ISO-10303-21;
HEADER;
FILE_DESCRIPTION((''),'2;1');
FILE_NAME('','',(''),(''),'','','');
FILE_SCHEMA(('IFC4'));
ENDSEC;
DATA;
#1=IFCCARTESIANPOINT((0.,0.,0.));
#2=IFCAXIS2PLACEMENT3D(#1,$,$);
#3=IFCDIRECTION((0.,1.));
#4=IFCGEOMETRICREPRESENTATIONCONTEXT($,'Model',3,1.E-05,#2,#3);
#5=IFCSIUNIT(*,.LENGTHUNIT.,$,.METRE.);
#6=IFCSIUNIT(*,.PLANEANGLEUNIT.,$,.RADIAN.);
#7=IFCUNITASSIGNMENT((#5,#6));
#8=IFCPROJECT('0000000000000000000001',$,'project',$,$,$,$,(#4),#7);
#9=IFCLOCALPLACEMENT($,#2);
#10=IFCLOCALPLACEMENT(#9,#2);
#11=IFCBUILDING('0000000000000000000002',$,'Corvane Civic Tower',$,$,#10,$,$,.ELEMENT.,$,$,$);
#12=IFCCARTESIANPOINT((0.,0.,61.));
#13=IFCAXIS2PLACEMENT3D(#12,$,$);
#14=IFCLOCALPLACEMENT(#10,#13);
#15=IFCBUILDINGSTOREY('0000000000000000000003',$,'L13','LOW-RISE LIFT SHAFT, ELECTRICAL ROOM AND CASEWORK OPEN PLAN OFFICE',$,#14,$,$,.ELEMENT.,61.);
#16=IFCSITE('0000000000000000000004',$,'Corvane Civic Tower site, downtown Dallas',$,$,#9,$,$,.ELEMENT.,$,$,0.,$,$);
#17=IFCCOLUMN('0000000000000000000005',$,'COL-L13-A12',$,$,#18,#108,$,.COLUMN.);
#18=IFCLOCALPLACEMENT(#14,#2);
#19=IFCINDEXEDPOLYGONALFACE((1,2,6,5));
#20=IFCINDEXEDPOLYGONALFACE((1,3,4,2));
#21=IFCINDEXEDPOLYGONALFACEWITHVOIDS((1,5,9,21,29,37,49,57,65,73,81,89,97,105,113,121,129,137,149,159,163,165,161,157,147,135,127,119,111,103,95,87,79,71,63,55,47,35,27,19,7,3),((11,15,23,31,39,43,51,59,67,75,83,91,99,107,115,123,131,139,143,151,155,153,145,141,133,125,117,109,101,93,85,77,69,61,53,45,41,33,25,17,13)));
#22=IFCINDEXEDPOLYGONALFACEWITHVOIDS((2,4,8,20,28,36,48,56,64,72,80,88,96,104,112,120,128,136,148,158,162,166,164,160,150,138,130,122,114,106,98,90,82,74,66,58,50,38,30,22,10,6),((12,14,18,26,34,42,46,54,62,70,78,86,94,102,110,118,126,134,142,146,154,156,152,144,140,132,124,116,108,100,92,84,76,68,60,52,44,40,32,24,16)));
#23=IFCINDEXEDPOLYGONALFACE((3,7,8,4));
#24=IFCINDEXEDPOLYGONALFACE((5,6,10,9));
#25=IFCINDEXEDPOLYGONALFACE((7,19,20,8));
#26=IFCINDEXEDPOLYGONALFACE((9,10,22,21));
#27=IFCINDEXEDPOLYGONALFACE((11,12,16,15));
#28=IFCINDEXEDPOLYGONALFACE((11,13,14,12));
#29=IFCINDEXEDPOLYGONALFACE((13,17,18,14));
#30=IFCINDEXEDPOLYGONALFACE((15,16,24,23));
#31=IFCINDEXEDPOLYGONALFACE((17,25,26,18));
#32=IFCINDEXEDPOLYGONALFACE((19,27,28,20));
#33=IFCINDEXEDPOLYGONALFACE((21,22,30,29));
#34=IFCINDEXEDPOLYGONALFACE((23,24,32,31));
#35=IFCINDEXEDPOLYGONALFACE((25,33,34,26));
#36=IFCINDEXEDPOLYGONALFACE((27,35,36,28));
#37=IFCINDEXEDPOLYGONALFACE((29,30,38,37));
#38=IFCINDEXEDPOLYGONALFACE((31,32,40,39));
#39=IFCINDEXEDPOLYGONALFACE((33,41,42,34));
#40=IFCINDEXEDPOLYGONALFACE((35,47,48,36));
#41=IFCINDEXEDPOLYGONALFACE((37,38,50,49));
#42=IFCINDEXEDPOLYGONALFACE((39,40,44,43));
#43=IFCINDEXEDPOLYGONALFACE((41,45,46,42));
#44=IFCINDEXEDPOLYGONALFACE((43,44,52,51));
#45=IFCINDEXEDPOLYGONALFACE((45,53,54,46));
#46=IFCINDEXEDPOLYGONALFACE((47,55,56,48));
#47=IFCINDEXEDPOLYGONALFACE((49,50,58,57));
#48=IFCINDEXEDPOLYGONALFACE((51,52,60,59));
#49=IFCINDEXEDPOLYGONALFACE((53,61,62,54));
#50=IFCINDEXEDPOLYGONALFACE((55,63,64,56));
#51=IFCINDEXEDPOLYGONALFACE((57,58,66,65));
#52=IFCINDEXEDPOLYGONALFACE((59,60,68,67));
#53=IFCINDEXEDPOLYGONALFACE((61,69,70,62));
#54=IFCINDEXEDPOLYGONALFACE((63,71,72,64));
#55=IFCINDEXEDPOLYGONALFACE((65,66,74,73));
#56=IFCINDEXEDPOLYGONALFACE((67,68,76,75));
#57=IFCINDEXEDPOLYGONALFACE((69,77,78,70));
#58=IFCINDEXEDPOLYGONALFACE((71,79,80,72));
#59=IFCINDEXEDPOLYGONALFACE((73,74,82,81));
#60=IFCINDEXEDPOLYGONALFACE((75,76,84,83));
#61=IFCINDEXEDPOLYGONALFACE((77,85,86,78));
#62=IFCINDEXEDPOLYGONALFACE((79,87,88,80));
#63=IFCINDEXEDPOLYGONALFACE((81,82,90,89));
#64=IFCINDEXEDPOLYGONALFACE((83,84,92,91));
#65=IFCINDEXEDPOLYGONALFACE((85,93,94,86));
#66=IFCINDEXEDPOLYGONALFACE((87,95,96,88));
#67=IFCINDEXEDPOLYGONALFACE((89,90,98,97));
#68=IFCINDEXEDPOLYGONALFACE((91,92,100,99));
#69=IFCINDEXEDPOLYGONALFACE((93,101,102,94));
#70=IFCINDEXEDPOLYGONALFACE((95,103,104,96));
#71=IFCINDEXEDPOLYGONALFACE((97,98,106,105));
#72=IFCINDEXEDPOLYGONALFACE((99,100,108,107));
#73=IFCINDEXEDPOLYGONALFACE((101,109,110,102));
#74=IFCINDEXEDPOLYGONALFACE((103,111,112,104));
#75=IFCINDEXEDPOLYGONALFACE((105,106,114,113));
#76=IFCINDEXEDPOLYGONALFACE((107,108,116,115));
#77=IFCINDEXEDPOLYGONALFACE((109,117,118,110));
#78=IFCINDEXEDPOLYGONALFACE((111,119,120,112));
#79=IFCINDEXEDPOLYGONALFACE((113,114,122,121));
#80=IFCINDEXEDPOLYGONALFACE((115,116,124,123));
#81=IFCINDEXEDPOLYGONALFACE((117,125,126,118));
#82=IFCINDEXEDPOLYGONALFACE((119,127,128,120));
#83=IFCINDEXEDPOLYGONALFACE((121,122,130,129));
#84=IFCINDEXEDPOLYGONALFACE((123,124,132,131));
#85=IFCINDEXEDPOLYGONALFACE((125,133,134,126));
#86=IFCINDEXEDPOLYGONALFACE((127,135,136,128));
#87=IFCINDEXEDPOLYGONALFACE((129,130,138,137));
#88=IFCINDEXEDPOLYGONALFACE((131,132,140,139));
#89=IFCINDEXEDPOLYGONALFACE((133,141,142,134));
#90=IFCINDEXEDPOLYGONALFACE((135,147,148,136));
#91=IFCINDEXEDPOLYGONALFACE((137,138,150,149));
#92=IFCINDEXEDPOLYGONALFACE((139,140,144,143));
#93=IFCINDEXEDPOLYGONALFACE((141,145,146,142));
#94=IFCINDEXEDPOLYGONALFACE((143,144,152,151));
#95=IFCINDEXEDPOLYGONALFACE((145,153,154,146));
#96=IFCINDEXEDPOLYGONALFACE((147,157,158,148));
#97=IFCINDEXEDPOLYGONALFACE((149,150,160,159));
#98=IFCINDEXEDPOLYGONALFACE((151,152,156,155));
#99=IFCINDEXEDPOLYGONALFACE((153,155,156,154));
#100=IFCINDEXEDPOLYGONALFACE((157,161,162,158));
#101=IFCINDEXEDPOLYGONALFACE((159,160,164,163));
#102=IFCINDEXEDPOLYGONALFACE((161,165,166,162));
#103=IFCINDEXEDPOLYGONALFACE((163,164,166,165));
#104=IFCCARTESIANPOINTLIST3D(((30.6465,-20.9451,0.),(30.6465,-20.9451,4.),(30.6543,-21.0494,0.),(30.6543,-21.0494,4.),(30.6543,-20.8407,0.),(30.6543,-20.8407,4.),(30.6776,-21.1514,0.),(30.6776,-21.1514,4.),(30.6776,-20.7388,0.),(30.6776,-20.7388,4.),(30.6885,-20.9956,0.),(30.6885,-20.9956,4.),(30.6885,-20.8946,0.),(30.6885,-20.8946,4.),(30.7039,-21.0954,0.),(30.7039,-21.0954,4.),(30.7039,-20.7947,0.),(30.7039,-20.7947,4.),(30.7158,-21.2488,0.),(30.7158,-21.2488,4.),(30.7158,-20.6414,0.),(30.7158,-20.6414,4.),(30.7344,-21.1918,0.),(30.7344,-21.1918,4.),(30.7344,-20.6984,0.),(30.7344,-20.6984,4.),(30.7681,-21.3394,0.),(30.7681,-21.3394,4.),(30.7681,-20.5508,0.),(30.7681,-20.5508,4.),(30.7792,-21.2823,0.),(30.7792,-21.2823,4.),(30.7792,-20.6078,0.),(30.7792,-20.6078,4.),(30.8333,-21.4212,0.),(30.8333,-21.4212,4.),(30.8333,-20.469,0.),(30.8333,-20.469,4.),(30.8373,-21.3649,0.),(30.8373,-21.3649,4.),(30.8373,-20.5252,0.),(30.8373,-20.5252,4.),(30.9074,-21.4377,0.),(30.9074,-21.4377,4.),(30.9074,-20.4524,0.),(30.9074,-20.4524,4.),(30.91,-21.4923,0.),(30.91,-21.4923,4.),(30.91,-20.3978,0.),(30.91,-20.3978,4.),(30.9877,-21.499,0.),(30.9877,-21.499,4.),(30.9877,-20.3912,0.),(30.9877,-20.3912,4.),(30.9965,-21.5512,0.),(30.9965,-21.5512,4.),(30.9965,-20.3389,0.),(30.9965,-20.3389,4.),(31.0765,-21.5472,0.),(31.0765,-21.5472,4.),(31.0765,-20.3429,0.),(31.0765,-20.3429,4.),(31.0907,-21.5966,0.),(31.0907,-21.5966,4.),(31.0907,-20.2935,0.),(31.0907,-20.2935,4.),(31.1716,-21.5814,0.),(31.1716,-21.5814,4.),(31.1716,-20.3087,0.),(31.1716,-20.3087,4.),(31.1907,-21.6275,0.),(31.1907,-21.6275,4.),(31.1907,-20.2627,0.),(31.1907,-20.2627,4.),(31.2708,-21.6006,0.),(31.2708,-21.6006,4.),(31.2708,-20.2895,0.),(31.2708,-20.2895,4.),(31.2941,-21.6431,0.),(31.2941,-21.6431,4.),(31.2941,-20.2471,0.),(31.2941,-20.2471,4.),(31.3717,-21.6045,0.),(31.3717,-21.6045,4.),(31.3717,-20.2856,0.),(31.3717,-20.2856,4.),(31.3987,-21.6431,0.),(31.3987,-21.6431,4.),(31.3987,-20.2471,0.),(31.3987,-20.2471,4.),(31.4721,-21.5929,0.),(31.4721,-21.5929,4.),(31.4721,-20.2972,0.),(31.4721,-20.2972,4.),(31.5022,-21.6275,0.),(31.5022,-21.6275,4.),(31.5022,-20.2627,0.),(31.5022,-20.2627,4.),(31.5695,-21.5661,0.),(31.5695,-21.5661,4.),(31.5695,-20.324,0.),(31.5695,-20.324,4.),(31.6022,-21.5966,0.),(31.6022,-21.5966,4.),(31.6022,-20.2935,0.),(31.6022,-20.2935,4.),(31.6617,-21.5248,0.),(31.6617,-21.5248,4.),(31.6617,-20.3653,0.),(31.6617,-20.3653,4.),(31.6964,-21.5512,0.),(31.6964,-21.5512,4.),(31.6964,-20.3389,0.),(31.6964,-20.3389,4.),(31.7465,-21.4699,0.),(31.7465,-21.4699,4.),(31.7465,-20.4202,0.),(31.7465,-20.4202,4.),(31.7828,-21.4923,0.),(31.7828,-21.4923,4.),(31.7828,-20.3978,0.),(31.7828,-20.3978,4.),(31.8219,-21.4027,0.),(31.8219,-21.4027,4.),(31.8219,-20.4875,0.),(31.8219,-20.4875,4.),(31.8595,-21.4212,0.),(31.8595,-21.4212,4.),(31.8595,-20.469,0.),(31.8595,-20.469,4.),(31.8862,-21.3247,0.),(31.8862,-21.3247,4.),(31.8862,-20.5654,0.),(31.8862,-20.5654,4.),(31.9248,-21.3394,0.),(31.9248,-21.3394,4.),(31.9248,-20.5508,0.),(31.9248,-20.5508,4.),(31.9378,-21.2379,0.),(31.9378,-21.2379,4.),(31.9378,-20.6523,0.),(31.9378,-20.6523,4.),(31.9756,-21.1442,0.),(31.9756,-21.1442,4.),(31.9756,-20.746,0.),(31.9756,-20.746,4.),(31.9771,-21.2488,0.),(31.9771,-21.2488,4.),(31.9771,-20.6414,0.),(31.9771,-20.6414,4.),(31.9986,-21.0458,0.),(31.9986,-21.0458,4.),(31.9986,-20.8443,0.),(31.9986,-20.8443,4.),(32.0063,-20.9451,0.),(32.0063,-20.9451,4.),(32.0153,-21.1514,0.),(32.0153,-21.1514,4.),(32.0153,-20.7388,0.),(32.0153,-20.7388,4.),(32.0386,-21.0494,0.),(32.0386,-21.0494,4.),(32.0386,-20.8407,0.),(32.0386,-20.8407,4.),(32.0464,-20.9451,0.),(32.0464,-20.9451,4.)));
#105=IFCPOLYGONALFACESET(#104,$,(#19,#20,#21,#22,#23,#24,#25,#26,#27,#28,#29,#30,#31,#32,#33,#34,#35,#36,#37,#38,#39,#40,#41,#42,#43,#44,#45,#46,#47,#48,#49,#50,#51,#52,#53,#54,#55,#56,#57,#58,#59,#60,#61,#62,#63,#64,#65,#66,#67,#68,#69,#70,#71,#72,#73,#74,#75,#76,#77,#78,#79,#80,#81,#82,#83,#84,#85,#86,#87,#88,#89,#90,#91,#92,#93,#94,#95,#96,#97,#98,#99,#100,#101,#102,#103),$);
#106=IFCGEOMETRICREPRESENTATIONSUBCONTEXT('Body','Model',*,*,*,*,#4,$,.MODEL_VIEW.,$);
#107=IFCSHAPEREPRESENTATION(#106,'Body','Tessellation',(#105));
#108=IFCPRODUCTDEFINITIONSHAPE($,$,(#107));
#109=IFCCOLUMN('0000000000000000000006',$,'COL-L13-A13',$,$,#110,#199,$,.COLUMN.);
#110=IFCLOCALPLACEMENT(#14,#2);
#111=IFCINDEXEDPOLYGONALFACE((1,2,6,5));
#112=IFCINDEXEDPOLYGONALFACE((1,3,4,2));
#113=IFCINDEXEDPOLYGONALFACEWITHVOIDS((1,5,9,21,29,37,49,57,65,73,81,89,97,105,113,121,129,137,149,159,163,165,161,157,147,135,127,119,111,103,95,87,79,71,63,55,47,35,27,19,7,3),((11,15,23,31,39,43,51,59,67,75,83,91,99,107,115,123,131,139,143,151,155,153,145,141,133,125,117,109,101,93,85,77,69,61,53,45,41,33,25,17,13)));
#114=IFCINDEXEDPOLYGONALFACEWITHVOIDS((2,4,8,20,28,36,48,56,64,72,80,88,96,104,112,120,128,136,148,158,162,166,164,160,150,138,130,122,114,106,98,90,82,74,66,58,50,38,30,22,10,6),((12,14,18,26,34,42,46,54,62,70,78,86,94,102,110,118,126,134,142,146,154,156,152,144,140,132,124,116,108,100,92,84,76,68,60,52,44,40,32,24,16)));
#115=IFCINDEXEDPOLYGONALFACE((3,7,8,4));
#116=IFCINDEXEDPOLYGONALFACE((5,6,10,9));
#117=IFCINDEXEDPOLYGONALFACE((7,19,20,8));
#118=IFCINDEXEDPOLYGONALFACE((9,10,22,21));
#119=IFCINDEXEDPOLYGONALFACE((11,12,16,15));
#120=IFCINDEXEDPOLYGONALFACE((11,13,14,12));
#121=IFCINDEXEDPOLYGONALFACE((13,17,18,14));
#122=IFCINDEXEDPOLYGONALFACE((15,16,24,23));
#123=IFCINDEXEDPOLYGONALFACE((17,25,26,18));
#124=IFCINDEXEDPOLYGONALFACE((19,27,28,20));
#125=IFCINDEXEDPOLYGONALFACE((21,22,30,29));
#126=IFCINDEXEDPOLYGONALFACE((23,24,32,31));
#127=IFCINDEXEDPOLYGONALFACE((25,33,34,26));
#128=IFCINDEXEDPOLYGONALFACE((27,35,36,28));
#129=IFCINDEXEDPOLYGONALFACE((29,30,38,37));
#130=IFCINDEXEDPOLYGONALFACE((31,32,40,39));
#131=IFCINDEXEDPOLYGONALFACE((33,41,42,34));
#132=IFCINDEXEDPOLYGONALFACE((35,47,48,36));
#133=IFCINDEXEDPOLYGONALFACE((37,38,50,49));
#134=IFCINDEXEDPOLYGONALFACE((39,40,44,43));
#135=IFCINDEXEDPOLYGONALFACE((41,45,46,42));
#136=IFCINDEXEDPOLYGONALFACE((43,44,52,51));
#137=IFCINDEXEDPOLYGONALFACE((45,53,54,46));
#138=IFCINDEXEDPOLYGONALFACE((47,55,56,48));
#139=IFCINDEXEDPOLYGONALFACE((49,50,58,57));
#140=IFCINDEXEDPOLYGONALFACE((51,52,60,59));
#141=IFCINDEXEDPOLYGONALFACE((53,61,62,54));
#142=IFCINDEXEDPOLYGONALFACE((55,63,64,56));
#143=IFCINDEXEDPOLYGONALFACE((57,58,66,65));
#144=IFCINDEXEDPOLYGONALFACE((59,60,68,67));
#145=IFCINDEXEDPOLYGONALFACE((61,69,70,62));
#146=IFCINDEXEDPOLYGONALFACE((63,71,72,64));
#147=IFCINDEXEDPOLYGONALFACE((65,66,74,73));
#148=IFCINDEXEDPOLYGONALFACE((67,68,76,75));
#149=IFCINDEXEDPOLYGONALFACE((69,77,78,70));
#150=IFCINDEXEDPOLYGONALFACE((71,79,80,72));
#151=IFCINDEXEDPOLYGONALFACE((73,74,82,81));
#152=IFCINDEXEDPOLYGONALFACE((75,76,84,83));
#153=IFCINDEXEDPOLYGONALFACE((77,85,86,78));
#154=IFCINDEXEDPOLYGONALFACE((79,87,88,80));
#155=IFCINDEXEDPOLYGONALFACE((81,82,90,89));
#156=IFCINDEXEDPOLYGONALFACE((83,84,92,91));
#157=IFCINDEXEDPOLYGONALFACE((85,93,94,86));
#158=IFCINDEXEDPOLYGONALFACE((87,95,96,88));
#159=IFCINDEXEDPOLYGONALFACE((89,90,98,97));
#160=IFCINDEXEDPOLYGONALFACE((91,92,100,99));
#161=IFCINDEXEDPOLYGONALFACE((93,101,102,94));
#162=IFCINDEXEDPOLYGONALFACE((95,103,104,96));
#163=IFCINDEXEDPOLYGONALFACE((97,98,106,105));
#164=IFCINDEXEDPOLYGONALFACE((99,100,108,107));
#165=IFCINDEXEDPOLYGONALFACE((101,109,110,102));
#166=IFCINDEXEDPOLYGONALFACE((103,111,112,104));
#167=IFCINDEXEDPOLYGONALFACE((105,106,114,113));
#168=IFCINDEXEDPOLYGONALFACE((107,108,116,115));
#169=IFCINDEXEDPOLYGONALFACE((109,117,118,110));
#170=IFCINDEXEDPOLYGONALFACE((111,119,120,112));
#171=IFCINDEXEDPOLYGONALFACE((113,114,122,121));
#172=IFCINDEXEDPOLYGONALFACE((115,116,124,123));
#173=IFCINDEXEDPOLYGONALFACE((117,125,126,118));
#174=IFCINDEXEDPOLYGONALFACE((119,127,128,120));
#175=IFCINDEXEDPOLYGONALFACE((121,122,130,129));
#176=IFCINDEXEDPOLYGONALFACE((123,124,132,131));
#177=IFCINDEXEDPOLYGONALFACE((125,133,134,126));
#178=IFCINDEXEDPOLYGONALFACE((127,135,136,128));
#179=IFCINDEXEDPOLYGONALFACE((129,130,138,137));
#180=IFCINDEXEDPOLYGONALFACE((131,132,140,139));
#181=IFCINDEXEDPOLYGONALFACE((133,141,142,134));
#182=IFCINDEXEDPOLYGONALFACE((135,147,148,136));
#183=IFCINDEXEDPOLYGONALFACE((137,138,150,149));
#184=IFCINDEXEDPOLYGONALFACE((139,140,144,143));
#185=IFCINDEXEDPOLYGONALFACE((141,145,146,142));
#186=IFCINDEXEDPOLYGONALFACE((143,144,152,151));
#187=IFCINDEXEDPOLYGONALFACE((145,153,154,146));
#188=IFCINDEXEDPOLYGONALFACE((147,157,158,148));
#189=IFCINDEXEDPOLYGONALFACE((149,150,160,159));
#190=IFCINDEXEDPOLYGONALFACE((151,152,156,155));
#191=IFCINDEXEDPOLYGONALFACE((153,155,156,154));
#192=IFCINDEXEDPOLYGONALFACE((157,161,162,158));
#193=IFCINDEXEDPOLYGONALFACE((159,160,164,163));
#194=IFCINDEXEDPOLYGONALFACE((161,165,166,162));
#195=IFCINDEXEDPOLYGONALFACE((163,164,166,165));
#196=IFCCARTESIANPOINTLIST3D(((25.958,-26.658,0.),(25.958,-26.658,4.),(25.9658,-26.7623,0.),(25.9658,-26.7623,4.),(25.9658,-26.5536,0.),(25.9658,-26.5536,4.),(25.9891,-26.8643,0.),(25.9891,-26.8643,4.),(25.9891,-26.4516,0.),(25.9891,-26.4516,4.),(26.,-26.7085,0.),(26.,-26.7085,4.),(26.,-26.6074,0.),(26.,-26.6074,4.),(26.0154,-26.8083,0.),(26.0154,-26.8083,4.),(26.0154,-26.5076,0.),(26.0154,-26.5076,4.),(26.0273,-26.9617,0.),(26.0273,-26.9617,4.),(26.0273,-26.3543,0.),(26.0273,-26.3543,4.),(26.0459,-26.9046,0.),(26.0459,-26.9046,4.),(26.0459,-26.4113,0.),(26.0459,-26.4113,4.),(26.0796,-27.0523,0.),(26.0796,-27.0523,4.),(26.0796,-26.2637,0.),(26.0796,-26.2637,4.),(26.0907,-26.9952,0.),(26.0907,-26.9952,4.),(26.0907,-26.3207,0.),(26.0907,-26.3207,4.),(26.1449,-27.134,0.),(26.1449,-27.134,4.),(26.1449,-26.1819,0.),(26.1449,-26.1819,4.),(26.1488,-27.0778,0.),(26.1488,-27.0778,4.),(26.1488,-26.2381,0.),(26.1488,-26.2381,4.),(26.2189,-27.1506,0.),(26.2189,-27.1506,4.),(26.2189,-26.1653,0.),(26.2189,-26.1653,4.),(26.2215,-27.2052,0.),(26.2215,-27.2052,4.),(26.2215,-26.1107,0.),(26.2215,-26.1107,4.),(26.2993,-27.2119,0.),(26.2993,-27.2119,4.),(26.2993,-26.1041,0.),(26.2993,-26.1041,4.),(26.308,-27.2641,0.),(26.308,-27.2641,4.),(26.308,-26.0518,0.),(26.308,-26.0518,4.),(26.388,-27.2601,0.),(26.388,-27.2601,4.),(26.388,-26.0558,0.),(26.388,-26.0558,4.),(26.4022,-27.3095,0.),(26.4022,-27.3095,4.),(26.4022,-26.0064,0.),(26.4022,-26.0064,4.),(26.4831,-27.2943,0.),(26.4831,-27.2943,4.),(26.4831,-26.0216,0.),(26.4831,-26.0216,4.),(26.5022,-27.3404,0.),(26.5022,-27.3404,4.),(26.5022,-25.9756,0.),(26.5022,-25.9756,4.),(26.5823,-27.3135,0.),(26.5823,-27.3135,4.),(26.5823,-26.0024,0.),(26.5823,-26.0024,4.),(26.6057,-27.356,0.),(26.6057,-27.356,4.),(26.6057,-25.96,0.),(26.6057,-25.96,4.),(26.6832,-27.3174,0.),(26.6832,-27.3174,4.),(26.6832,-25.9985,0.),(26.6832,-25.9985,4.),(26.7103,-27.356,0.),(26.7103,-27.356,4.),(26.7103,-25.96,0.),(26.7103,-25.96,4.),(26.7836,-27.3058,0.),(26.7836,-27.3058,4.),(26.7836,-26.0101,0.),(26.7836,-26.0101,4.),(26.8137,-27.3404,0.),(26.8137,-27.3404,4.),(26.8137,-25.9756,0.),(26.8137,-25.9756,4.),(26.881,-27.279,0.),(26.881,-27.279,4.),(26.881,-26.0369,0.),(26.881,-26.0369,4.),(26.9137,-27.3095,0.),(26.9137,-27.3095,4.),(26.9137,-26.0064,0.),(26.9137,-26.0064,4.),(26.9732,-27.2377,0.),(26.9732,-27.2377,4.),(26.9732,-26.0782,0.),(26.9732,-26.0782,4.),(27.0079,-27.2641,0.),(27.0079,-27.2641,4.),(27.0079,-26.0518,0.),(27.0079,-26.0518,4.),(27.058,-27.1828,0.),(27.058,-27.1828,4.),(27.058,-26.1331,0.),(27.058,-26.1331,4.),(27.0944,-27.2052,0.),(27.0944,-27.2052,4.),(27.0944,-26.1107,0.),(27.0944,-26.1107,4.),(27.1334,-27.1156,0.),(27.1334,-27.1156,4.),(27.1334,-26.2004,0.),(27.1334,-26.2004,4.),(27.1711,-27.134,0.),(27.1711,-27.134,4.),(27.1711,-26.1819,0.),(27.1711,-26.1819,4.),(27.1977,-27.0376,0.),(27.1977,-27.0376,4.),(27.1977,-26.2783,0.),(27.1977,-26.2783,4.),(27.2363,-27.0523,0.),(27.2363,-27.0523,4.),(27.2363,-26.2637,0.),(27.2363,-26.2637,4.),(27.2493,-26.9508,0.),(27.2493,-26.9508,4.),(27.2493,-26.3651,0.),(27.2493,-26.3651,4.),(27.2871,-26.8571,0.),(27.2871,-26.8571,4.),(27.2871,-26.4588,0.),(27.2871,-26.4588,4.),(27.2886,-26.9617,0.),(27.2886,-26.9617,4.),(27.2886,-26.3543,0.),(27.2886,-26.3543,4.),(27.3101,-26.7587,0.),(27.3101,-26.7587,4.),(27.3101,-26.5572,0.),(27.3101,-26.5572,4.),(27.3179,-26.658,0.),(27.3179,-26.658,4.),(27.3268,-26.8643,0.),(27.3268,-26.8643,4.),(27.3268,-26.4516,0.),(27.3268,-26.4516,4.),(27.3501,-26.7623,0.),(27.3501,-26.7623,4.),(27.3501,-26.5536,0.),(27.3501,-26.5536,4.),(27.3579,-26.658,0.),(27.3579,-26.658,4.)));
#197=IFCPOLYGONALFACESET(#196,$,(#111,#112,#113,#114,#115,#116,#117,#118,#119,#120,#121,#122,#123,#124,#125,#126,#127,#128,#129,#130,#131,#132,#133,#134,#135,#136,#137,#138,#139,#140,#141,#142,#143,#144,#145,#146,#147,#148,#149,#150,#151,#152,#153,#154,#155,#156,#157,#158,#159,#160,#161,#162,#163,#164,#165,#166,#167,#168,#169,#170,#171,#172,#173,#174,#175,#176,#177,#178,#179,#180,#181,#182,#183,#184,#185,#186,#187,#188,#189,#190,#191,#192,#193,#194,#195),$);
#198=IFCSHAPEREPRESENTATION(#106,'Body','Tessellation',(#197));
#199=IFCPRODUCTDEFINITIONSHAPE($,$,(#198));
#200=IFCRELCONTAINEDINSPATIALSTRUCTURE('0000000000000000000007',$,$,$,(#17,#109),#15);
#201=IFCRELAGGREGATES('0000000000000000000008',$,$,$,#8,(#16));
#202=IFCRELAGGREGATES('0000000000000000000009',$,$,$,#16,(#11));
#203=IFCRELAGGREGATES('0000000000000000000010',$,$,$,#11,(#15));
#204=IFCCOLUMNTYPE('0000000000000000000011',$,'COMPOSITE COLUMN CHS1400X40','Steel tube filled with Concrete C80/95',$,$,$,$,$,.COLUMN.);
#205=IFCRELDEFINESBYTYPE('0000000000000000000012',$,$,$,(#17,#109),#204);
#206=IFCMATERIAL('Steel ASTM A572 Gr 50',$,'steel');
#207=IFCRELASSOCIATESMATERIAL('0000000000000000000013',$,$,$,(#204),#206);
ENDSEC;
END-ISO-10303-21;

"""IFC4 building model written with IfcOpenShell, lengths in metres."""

from ifc_helpers import new_model, si_unit, direction, frame, origin, origin_2d, place, context, subcontext, project, spatial, hollow_circle, extrude, material, material_profile, profile_set, type_object, element, save


model = new_model("IFC4")

# Units and contexts
model_context = context("Model", 3, precision=1e-05, world=origin(), true_north=direction((0.0, 1.0)))
body_context = subcontext(model_context, "Body", "Model", "MODEL_VIEW")
ifc_project = project(units=[si_unit("LENGTHUNIT", "METRE"), si_unit("PLANEANGLEUNIT", "RADIAN")], contexts=[model_context])

# Site, building, storey
site_placement = place(None, origin())
site = spatial("IfcSite", under=ifc_project, at=site_placement, Name="Corvane Civic Tower site, downtown Dallas", CompositionType="ELEMENT", RefElevation=0.0)
building_placement = place(site_placement, origin())
building = spatial("IfcBuilding", under=site, at=building_placement, Name="Corvane Civic Tower", CompositionType="ELEMENT")
storey_placement = place(building_placement, frame((0.0, 0.0, 61.0)))
storey = spatial("IfcBuildingStorey", under=building, at=storey_placement, Name="L13", Description="LOW-RISE LIFT SHAFT, ELECTRICAL ROOM AND CASEWORK OPEN PLAN OFFICE", CompositionType="ELEMENT", Elevation=61.0)

# Columns
ifc_material_1 = material(Name="Steel ASTM A572 Gr 50", Category="steel")
ifc_material_profile_1 = material_profile(ifc_material_1, hollow_circle(Radius=0.7, WallThickness=0.04, at=origin_2d()), Name="CHS1400X40")
ifc_profile_set_1 = profile_set([ifc_material_profile_1], Name="Steel ASTM A572 Gr 50")
column_type = type_object("IfcColumnType", Name="COMPOSITE COLUMN CHS1400X40", Description="Steel tube filled with Concrete C80/95", PredefinedType="COLUMN", material=ifc_profile_set_1)
for number, where, z_axis, x_axis, name in (
    (1, (31.3464, -20.9451, 0.0), (0.0, 0.0, 1.0), (1.0, 0.0, 0.0), "COL-L13-A12"),
    (2, (26.658, -26.658, 0.0), (0.0, 0.0, 1.0), (1.0, 0.0, 0.0), "COL-L13-A13"),
):
    element("IfcColumn", number, at=place(storey_placement, frame(where, z_axis=z_axis, x_axis=x_axis)), inside=storey, type_object=column_type, Name=name, PredefinedType="COLUMN", context=body_context, shape_type="SweptSolid", body=[
        extrude(hollow_circle(Radius=0.7, WallThickness=0.04, at=origin_2d()), origin(), (0.0, 0.0, 1.0), 4.0),
    ])

save(model, "model.ifc")
